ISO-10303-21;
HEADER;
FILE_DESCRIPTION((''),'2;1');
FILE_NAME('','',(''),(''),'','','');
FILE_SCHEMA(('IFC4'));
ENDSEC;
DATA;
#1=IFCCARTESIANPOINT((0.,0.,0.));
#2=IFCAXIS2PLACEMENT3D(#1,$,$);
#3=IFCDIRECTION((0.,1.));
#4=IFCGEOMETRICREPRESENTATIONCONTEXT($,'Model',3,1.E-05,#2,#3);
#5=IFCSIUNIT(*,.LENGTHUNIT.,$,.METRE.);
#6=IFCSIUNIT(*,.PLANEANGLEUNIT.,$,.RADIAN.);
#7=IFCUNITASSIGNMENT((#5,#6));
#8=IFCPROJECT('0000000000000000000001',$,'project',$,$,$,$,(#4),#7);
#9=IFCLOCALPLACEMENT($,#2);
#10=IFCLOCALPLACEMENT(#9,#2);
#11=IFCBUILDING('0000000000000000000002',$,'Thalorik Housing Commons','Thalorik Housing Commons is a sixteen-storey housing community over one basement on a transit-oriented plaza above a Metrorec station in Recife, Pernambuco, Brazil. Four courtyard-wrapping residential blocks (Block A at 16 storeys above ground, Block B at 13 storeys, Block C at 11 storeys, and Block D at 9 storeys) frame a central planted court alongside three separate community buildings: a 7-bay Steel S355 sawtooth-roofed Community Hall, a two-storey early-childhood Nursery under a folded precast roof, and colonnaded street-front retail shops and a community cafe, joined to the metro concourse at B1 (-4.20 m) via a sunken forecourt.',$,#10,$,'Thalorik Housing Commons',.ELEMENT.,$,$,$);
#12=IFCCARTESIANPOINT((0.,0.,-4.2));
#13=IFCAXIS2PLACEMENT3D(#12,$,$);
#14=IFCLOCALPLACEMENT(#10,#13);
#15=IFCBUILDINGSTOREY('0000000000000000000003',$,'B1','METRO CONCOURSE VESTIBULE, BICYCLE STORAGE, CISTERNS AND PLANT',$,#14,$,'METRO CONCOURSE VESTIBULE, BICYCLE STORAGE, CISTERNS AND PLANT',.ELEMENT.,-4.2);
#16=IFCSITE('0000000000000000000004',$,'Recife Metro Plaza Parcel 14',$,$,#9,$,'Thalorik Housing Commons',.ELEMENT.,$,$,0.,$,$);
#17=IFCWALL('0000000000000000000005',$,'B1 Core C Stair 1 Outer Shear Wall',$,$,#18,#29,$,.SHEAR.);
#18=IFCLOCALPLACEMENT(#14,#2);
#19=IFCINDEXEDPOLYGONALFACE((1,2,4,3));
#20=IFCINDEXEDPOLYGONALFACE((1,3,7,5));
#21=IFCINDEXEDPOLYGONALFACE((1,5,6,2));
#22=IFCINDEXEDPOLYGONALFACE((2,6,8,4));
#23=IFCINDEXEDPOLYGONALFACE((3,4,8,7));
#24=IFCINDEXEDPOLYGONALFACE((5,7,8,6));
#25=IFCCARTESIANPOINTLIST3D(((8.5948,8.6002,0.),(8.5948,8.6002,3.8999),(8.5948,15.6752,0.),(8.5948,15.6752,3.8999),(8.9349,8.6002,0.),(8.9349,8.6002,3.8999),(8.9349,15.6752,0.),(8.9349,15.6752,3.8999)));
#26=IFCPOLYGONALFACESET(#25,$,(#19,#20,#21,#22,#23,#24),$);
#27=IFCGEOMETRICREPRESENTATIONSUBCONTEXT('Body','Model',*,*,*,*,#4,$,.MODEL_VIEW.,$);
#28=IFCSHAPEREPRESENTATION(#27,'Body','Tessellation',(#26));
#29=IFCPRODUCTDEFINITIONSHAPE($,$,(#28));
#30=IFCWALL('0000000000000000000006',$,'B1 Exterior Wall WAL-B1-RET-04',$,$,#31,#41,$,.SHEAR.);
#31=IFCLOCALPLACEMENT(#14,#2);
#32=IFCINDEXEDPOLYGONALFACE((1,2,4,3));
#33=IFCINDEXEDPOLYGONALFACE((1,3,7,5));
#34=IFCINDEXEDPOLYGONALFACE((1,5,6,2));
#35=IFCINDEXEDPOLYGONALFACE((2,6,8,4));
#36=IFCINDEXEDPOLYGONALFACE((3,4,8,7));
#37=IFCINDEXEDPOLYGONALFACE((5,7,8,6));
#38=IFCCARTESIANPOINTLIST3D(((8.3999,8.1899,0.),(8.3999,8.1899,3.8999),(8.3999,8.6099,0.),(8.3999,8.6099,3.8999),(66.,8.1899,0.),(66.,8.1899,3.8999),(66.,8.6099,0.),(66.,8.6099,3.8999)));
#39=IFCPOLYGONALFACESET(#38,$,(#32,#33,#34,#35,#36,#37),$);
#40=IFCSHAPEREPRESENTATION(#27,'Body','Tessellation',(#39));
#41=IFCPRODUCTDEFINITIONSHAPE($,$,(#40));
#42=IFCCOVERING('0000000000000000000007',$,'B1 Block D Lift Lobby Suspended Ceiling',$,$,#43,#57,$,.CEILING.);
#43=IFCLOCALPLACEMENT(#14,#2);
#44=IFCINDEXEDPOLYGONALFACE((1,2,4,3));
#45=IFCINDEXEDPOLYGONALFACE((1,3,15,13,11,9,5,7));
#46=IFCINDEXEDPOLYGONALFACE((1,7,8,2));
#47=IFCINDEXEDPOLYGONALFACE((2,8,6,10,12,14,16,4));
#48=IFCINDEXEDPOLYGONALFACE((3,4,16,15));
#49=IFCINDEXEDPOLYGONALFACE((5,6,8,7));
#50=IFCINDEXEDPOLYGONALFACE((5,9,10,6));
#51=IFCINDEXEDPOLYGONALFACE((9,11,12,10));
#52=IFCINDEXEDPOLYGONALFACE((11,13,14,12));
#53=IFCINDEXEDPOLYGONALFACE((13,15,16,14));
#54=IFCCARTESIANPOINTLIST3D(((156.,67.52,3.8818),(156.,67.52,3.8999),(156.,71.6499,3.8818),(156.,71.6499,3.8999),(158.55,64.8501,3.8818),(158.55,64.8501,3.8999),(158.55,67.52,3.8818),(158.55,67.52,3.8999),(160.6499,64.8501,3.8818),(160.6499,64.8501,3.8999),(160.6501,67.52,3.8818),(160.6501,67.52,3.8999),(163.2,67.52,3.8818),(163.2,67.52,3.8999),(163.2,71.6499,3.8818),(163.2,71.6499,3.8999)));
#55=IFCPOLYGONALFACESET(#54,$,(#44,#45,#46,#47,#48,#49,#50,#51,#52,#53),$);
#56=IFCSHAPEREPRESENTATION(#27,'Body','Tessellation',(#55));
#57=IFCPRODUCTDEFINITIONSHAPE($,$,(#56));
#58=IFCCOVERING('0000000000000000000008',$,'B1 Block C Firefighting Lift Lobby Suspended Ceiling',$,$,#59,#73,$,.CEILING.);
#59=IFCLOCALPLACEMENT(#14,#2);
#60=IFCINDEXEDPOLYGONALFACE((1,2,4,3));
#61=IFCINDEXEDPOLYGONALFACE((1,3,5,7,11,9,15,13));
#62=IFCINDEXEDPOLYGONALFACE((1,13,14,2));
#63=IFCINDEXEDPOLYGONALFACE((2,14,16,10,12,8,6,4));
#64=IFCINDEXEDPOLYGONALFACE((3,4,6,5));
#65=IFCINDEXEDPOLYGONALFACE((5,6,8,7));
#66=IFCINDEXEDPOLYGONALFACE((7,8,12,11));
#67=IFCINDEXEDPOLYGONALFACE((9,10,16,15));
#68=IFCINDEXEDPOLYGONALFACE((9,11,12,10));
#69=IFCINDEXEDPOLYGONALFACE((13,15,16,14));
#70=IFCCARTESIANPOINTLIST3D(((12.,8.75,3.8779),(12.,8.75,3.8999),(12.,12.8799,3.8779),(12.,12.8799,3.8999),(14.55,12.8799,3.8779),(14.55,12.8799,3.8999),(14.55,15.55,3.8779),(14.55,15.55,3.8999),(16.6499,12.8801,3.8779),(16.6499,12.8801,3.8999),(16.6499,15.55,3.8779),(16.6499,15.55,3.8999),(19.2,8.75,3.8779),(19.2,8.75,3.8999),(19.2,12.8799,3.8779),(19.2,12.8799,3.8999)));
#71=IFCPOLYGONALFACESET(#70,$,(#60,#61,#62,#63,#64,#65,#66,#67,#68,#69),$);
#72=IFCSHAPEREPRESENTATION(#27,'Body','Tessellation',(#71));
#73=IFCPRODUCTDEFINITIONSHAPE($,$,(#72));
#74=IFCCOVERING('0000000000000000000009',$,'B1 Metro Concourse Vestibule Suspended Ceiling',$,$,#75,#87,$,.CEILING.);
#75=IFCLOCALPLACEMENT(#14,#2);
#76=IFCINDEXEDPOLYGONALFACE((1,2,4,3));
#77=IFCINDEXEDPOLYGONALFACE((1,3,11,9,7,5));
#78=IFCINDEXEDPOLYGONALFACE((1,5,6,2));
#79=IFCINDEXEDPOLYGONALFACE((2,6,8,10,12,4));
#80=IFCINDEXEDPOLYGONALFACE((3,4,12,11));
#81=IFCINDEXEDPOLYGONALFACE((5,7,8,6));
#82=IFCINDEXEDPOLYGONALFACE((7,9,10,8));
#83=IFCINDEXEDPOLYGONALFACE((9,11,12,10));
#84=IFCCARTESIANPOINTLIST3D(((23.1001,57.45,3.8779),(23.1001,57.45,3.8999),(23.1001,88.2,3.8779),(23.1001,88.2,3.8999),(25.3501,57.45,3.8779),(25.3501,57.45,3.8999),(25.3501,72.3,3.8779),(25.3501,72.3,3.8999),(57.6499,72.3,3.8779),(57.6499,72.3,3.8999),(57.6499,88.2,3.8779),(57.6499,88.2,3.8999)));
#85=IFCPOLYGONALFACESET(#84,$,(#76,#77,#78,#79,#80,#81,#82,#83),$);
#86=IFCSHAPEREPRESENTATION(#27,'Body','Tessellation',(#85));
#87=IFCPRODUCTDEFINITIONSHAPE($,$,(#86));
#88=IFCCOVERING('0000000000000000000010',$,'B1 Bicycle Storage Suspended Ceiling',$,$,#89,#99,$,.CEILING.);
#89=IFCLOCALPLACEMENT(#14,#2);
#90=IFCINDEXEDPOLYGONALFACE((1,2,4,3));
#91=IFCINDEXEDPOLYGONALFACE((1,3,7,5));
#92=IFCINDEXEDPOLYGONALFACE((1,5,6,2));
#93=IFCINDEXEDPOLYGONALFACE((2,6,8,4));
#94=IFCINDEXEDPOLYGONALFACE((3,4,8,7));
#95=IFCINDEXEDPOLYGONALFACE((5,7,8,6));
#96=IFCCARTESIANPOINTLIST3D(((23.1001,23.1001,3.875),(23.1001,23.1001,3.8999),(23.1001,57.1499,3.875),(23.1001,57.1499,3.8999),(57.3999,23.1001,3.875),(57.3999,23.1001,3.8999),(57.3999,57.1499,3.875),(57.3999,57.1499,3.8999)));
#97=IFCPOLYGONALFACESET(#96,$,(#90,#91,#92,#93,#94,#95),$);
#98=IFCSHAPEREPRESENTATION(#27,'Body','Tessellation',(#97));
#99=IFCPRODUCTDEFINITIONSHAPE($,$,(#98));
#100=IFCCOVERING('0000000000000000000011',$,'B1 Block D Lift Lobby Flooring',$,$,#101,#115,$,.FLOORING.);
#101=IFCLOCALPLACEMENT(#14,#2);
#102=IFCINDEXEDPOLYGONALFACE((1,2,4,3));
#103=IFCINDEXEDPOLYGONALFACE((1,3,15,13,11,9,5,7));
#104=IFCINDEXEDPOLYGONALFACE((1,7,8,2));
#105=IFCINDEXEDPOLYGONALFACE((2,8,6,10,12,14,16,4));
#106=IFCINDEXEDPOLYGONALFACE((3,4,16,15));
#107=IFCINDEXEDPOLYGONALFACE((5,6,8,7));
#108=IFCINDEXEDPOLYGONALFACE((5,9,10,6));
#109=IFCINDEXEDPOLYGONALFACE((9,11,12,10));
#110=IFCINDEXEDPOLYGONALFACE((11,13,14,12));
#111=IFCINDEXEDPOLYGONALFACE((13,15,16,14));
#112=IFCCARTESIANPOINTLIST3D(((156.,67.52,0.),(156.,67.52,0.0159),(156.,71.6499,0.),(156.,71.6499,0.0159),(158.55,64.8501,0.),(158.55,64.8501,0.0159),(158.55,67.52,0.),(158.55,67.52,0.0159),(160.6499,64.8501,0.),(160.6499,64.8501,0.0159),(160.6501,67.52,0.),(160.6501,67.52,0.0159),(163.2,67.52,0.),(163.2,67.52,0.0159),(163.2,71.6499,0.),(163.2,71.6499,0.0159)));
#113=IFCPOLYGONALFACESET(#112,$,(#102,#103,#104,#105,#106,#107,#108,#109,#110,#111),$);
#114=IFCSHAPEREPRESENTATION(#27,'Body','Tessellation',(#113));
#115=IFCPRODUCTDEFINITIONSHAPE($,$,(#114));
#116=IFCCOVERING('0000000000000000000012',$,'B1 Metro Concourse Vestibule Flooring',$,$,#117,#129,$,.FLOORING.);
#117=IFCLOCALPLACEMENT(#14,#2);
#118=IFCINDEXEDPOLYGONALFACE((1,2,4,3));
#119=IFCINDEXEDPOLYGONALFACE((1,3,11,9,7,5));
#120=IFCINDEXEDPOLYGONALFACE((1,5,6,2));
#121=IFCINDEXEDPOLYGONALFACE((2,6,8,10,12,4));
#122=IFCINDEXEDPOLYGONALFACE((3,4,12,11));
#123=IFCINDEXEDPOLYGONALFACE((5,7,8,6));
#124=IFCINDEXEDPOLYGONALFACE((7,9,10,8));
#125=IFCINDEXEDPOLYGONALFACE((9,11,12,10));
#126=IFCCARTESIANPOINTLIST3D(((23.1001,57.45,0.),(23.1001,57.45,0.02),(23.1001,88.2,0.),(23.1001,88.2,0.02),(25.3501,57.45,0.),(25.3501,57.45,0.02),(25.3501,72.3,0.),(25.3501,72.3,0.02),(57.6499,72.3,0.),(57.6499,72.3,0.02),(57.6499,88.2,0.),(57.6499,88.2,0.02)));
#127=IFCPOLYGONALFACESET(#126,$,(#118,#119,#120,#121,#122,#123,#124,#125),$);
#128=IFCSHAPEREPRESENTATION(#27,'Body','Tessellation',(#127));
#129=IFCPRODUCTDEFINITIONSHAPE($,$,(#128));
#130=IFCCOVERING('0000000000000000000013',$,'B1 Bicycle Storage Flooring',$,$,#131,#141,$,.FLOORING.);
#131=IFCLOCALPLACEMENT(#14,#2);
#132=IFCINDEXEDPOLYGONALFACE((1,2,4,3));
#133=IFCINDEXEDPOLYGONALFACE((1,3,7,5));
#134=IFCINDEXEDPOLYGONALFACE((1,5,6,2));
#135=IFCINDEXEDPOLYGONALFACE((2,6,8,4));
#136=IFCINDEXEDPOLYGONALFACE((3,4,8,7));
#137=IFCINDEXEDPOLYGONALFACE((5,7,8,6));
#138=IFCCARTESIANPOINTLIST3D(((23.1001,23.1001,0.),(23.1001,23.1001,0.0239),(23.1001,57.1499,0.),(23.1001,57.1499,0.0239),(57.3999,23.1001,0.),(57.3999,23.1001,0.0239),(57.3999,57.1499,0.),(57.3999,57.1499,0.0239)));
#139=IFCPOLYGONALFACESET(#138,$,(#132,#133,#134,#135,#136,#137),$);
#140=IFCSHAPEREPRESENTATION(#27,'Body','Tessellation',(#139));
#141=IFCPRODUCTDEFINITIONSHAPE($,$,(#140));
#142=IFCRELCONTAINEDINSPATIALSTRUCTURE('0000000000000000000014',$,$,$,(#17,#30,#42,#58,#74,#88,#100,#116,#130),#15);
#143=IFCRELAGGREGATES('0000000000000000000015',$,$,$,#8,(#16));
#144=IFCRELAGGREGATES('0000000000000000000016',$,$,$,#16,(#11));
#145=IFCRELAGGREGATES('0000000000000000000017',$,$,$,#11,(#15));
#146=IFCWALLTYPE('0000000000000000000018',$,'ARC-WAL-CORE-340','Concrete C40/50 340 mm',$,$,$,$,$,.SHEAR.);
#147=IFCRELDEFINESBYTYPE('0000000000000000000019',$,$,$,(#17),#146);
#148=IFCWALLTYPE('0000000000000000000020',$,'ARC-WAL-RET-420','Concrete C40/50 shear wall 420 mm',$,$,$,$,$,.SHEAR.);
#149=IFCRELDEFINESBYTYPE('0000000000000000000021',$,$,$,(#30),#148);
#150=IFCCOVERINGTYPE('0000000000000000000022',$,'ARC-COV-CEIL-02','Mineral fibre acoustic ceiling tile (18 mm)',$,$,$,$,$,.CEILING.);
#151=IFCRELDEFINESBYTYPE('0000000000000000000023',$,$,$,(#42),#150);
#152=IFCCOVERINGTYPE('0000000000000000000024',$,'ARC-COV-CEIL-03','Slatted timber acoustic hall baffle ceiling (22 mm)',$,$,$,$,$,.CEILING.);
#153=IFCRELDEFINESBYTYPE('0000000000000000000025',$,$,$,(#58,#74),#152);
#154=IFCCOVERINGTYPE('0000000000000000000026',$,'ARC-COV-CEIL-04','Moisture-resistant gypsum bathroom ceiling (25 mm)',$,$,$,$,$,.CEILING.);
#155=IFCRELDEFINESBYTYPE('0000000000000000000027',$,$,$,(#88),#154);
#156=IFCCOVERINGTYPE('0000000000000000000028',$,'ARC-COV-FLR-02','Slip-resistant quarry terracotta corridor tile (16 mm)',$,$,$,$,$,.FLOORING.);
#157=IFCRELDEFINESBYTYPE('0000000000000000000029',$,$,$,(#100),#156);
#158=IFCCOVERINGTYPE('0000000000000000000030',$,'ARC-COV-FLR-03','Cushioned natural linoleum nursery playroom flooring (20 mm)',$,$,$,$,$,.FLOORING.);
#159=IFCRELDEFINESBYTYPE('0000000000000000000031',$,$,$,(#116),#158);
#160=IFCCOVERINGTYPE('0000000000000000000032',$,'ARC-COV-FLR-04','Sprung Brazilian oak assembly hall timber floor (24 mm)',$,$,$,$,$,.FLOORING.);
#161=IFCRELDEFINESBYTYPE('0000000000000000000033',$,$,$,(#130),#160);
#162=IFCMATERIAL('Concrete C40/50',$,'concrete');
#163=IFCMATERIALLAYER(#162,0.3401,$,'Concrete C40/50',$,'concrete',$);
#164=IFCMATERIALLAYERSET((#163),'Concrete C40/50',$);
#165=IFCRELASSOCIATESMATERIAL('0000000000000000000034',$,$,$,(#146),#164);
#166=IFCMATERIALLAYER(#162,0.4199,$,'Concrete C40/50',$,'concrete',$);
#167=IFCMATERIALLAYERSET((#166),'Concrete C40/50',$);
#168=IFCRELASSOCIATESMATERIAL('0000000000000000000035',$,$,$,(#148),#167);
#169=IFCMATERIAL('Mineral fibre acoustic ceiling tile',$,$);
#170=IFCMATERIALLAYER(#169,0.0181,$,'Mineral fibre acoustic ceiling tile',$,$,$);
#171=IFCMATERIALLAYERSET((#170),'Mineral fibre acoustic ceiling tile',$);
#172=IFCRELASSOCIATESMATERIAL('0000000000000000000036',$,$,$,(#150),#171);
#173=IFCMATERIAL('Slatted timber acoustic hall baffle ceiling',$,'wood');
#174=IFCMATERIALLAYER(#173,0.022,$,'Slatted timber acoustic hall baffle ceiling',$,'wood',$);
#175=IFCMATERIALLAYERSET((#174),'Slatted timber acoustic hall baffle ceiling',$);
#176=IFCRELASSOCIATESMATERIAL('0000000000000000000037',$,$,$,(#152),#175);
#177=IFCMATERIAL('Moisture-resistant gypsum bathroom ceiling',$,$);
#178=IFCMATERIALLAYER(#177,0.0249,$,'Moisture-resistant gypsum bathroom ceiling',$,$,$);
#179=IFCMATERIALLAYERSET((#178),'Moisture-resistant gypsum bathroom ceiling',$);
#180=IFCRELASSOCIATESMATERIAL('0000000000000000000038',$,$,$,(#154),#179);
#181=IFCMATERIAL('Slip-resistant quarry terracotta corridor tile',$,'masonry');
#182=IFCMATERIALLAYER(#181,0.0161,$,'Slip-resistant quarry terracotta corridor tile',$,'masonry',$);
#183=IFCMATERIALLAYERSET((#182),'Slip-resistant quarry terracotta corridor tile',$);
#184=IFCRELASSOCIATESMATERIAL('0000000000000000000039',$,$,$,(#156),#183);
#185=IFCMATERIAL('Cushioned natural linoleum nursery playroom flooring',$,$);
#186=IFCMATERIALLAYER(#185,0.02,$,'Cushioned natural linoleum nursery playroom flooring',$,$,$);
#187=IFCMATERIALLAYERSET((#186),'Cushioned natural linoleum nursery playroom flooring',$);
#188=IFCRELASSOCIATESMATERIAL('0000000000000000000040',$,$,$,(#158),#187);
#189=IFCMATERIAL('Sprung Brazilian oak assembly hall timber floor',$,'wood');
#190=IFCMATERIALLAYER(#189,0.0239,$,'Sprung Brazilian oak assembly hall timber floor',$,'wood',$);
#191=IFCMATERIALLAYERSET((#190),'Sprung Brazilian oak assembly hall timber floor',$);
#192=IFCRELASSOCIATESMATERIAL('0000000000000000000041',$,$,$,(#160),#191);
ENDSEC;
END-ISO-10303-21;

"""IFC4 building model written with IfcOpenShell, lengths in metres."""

from ifc_helpers import new_model, si_unit, direction, frame, frame_2d, origin, place, context, subcontext, project, spatial, polyline, rectangle, outline, extrude, material, layer, layer_set, type_object, element, save


model = new_model("IFC4")

# Units and contexts
model_context = context("Model", 3, precision=1e-05, world=origin(), true_north=direction((0.0, 1.0)))
body_context = subcontext(model_context, "Body", "Model", "MODEL_VIEW")
ifc_project = project(units=[si_unit("LENGTHUNIT", "METRE"), si_unit("PLANEANGLEUNIT", "RADIAN")], contexts=[model_context])

# Site, building, storey
site_placement = place(None, origin())
site = spatial("IfcSite", under=ifc_project, at=site_placement, Name="Recife Metro Plaza Parcel 14", LongName="Thalorik Housing Commons", CompositionType="ELEMENT", RefElevation=0.0)
building_placement = place(site_placement, origin())
building = spatial("IfcBuilding", under=site, at=building_placement, Name="Thalorik Housing Commons", Description="Thalorik Housing Commons is a sixteen-storey housing community over one basement on a transit-oriented plaza above a Metrorec station in Recife, Pernambuco, Brazil. Four courtyard-wrapping residential blocks (Block A at 16 storeys above ground, Block B at 13 storeys, Block C at 11 storeys, and Block D at 9 storeys) frame a central planted court alongside three separate community buildings: a 7-bay Steel S355 sawtooth-roofed Community Hall, a two-storey early-childhood Nursery under a folded precast roof, and colonnaded street-front retail shops and a community cafe, joined to the metro concourse at B1 (-4.20 m) via a sunken forecourt.", LongName="Thalorik Housing Commons", CompositionType="ELEMENT")
storey_placement = place(building_placement, frame((0.0, 0.0, -4.2)))
storey = spatial("IfcBuildingStorey", under=building, at=storey_placement, Name="B1", Description="METRO CONCOURSE VESTIBULE, BICYCLE STORAGE, CISTERNS AND PLANT", LongName="METRO CONCOURSE VESTIBULE, BICYCLE STORAGE, CISTERNS AND PLANT", CompositionType="ELEMENT", Elevation=-4.2)

# Shared definitions
ifc_material_1 = material(Name="Concrete C40/50", Category="concrete")

# Walls
ifc_layer_1 = layer(ifc_material_1, 0.3401, Name="Concrete C40/50", Category="concrete")
ifc_layer_set_1 = layer_set([ifc_layer_1], Name="Concrete C40/50")
wall_type_1 = type_object("IfcWallType", Name="ARC-WAL-CORE-340", Description="Concrete C40/50 340 mm", PredefinedType="SHEAR", material=ifc_layer_set_1)
wall_1_placement = place(storey_placement, frame((8.7649, 8.6001, 0.0), z_axis=(0.0, 0.0, 1.0), x_axis=(0.0, 1.0, 0.0)))
element("IfcWall", 1, at=wall_1_placement, inside=storey, type_object=wall_type_1, Name="B1 Core C Stair 1 Outer Shear Wall", PredefinedType="SHEAR", context=body_context, shape_type="SweptSolid", body=[
    extrude(rectangle(XDim=7.075, YDim=0.3401, at=frame_2d((3.5376, 0.0))), origin(), (0.0, 0.0, 1.0), 3.8999),
])
ifc_layer_2 = layer(ifc_material_1, 0.4199, Name="Concrete C40/50", Category="concrete")
ifc_layer_set_2 = layer_set([ifc_layer_2], Name="Concrete C40/50")
wall_type_2 = type_object("IfcWallType", Name="ARC-WAL-RET-420", Description="Concrete C40/50 shear wall 420 mm", PredefinedType="SHEAR", material=ifc_layer_set_2)
wall_2_placement = place(storey_placement, frame((8.3999, 8.3999, 0.0), z_axis=(0.0, 0.0, 1.0), x_axis=(1.0, 0.0, 0.0)))
element("IfcWall", 2, at=wall_2_placement, inside=storey, type_object=wall_type_2, Name="B1 Exterior Wall WAL-B1-RET-04", PredefinedType="SHEAR", context=body_context, shape_type="SweptSolid", body=[
    extrude(rectangle(XDim=57.6001, YDim=0.4199, at=frame_2d((28.8, 0.0))), origin(), (0.0, 0.0, 1.0), 3.8999),
])

# Coverings
ifc_material_2 = material(Name="Mineral fibre acoustic ceiling tile")
ifc_layer_3 = layer(ifc_material_2, 0.0181, Name="Mineral fibre acoustic ceiling tile")
ifc_layer_set_3 = layer_set([ifc_layer_3], Name="Mineral fibre acoustic ceiling tile")
covering_type_1 = type_object("IfcCoveringType", Name="ARC-COV-CEIL-02", Description="Mineral fibre acoustic ceiling tile (18 mm)", PredefinedType="CEILING", material=ifc_layer_set_3)
covering_1_placement = place(storey_placement, frame((0.0, 0.0, 3.8818)))
element("IfcCovering", 3, at=covering_1_placement, inside=storey, type_object=covering_type_1, Name="B1 Block D Lift Lobby Suspended Ceiling", PredefinedType="CEILING", context=body_context, shape_type="SweptSolid", body=[
    extrude(outline(polyline([(158.55, 64.8501), (160.6499, 64.8501), (160.6501, 67.52), (163.2, 67.52), (163.2, 71.6499), (156.0, 71.6499), (156.0, 67.52), (158.55, 67.52), (158.55, 64.8501)])), origin(), (0.0, 0.0, 1.0), 0.0181),
])
ifc_material_3 = material(Name="Slatted timber acoustic hall baffle ceiling", Category="wood")
ifc_layer_4 = layer(ifc_material_3, 0.022, Name="Slatted timber acoustic hall baffle ceiling", Category="wood")
ifc_layer_set_4 = layer_set([ifc_layer_4], Name="Slatted timber acoustic hall baffle ceiling")
covering_type_2 = type_object("IfcCoveringType", Name="ARC-COV-CEIL-03", Description="Slatted timber acoustic hall baffle ceiling (22 mm)", PredefinedType="CEILING", material=ifc_layer_set_4)
covering_2_placement = place(storey_placement, frame((0.0, 0.0, 3.8779)))
element("IfcCovering", 4, at=covering_2_placement, inside=storey, type_object=covering_type_2, Name="B1 Block C Firefighting Lift Lobby Suspended Ceiling", PredefinedType="CEILING", context=body_context, shape_type="SweptSolid", body=[
    extrude(outline(polyline([(12.0, 12.8799), (12.0, 8.75), (19.2, 8.75), (19.2, 12.8799), (16.6499, 12.8801), (16.6499, 15.55), (14.55, 15.55), (14.55, 12.8799), (12.0, 12.8799)])), origin(), (0.0, 0.0, 1.0), 0.022),
])
covering_3_placement = place(storey_placement, frame((0.0, 0.0, 3.8779)))
element("IfcCovering", 5, at=covering_3_placement, inside=storey, type_object=covering_type_2, Name="B1 Metro Concourse Vestibule Suspended Ceiling", PredefinedType="CEILING", context=body_context, shape_type="SweptSolid", body=[
    extrude(outline(polyline([(57.6499, 72.3), (57.6499, 88.2), (23.1001, 88.2), (23.1001, 57.45), (25.3501, 57.45), (25.3501, 72.3), (57.6499, 72.3)])), origin(), (0.0, 0.0, 1.0), 0.022),
])
ifc_material_4 = material(Name="Moisture-resistant gypsum bathroom ceiling")
ifc_layer_5 = layer(ifc_material_4, 0.0249, Name="Moisture-resistant gypsum bathroom ceiling")
ifc_layer_set_5 = layer_set([ifc_layer_5], Name="Moisture-resistant gypsum bathroom ceiling")
covering_type_3 = type_object("IfcCoveringType", Name="ARC-COV-CEIL-04", Description="Moisture-resistant gypsum bathroom ceiling (25 mm)", PredefinedType="CEILING", material=ifc_layer_set_5)
covering_4_placement = place(storey_placement, frame((0.0, 0.0, 3.875)))
element("IfcCovering", 6, at=covering_4_placement, inside=storey, type_object=covering_type_3, Name="B1 Bicycle Storage Suspended Ceiling", PredefinedType="CEILING", context=body_context, shape_type="SweptSolid", body=[
    extrude(outline(polyline([(57.3999, 23.1001), (57.3999, 57.1499), (23.1001, 57.1499), (23.1001, 23.1001), (57.3999, 23.1001)])), origin(), (0.0, 0.0, 1.0), 0.0249),
])
ifc_material_5 = material(Name="Slip-resistant quarry terracotta corridor tile", Category="masonry")
ifc_layer_6 = layer(ifc_material_5, 0.0161, Name="Slip-resistant quarry terracotta corridor tile", Category="masonry")
ifc_layer_set_6 = layer_set([ifc_layer_6], Name="Slip-resistant quarry terracotta corridor tile")
covering_type_4 = type_object("IfcCoveringType", Name="ARC-COV-FLR-02", Description="Slip-resistant quarry terracotta corridor tile (16 mm)", PredefinedType="FLOORING", material=ifc_layer_set_6)
covering_5_placement = place(storey_placement, origin())
element("IfcCovering", 7, at=covering_5_placement, inside=storey, type_object=covering_type_4, Name="B1 Block D Lift Lobby Flooring", PredefinedType="FLOORING", context=body_context, shape_type="SweptSolid", body=[
    extrude(outline(polyline([(158.55, 64.8501), (160.6499, 64.8501), (160.6501, 67.52), (163.2, 67.52), (163.2, 71.6499), (156.0, 71.6499), (156.0, 67.52), (158.55, 67.52), (158.55, 64.8501)])), origin(), (0.0, 0.0, 1.0), 0.0159),
])
ifc_material_6 = material(Name="Cushioned natural linoleum nursery playroom flooring")
ifc_layer_7 = layer(ifc_material_6, 0.02, Name="Cushioned natural linoleum nursery playroom flooring")
ifc_layer_set_7 = layer_set([ifc_layer_7], Name="Cushioned natural linoleum nursery playroom flooring")
covering_type_5 = type_object("IfcCoveringType", Name="ARC-COV-FLR-03", Description="Cushioned natural linoleum nursery playroom flooring (20 mm)", PredefinedType="FLOORING", material=ifc_layer_set_7)
covering_6_placement = place(storey_placement, origin())
element("IfcCovering", 8, at=covering_6_placement, inside=storey, type_object=covering_type_5, Name="B1 Metro Concourse Vestibule Flooring", PredefinedType="FLOORING", context=body_context, shape_type="SweptSolid", body=[
    extrude(outline(polyline([(57.6499, 72.3), (57.6499, 88.2), (23.1001, 88.2), (23.1001, 57.45), (25.3501, 57.45), (25.3501, 72.3), (57.6499, 72.3)])), origin(), (0.0, 0.0, 1.0), 0.02),
])
ifc_material_7 = material(Name="Sprung Brazilian oak assembly hall timber floor", Category="wood")
ifc_layer_8 = layer(ifc_material_7, 0.0239, Name="Sprung Brazilian oak assembly hall timber floor", Category="wood")
ifc_layer_set_8 = layer_set([ifc_layer_8], Name="Sprung Brazilian oak assembly hall timber floor")
covering_type_6 = type_object("IfcCoveringType", Name="ARC-COV-FLR-04", Description="Sprung Brazilian oak assembly hall timber floor (24 mm)", PredefinedType="FLOORING", material=ifc_layer_set_8)
covering_7_placement = place(storey_placement, origin())
element("IfcCovering", 9, at=covering_7_placement, inside=storey, type_object=covering_type_6, Name="B1 Bicycle Storage Flooring", PredefinedType="FLOORING", context=body_context, shape_type="SweptSolid", body=[
    extrude(outline(polyline([(57.3999, 23.1001), (57.3999, 57.1499), (23.1001, 57.1499), (23.1001, 23.1001), (57.3999, 23.1001)])), origin(), (0.0, 0.0, 1.0), 0.0239),
])

save(model, "model.ifc")
